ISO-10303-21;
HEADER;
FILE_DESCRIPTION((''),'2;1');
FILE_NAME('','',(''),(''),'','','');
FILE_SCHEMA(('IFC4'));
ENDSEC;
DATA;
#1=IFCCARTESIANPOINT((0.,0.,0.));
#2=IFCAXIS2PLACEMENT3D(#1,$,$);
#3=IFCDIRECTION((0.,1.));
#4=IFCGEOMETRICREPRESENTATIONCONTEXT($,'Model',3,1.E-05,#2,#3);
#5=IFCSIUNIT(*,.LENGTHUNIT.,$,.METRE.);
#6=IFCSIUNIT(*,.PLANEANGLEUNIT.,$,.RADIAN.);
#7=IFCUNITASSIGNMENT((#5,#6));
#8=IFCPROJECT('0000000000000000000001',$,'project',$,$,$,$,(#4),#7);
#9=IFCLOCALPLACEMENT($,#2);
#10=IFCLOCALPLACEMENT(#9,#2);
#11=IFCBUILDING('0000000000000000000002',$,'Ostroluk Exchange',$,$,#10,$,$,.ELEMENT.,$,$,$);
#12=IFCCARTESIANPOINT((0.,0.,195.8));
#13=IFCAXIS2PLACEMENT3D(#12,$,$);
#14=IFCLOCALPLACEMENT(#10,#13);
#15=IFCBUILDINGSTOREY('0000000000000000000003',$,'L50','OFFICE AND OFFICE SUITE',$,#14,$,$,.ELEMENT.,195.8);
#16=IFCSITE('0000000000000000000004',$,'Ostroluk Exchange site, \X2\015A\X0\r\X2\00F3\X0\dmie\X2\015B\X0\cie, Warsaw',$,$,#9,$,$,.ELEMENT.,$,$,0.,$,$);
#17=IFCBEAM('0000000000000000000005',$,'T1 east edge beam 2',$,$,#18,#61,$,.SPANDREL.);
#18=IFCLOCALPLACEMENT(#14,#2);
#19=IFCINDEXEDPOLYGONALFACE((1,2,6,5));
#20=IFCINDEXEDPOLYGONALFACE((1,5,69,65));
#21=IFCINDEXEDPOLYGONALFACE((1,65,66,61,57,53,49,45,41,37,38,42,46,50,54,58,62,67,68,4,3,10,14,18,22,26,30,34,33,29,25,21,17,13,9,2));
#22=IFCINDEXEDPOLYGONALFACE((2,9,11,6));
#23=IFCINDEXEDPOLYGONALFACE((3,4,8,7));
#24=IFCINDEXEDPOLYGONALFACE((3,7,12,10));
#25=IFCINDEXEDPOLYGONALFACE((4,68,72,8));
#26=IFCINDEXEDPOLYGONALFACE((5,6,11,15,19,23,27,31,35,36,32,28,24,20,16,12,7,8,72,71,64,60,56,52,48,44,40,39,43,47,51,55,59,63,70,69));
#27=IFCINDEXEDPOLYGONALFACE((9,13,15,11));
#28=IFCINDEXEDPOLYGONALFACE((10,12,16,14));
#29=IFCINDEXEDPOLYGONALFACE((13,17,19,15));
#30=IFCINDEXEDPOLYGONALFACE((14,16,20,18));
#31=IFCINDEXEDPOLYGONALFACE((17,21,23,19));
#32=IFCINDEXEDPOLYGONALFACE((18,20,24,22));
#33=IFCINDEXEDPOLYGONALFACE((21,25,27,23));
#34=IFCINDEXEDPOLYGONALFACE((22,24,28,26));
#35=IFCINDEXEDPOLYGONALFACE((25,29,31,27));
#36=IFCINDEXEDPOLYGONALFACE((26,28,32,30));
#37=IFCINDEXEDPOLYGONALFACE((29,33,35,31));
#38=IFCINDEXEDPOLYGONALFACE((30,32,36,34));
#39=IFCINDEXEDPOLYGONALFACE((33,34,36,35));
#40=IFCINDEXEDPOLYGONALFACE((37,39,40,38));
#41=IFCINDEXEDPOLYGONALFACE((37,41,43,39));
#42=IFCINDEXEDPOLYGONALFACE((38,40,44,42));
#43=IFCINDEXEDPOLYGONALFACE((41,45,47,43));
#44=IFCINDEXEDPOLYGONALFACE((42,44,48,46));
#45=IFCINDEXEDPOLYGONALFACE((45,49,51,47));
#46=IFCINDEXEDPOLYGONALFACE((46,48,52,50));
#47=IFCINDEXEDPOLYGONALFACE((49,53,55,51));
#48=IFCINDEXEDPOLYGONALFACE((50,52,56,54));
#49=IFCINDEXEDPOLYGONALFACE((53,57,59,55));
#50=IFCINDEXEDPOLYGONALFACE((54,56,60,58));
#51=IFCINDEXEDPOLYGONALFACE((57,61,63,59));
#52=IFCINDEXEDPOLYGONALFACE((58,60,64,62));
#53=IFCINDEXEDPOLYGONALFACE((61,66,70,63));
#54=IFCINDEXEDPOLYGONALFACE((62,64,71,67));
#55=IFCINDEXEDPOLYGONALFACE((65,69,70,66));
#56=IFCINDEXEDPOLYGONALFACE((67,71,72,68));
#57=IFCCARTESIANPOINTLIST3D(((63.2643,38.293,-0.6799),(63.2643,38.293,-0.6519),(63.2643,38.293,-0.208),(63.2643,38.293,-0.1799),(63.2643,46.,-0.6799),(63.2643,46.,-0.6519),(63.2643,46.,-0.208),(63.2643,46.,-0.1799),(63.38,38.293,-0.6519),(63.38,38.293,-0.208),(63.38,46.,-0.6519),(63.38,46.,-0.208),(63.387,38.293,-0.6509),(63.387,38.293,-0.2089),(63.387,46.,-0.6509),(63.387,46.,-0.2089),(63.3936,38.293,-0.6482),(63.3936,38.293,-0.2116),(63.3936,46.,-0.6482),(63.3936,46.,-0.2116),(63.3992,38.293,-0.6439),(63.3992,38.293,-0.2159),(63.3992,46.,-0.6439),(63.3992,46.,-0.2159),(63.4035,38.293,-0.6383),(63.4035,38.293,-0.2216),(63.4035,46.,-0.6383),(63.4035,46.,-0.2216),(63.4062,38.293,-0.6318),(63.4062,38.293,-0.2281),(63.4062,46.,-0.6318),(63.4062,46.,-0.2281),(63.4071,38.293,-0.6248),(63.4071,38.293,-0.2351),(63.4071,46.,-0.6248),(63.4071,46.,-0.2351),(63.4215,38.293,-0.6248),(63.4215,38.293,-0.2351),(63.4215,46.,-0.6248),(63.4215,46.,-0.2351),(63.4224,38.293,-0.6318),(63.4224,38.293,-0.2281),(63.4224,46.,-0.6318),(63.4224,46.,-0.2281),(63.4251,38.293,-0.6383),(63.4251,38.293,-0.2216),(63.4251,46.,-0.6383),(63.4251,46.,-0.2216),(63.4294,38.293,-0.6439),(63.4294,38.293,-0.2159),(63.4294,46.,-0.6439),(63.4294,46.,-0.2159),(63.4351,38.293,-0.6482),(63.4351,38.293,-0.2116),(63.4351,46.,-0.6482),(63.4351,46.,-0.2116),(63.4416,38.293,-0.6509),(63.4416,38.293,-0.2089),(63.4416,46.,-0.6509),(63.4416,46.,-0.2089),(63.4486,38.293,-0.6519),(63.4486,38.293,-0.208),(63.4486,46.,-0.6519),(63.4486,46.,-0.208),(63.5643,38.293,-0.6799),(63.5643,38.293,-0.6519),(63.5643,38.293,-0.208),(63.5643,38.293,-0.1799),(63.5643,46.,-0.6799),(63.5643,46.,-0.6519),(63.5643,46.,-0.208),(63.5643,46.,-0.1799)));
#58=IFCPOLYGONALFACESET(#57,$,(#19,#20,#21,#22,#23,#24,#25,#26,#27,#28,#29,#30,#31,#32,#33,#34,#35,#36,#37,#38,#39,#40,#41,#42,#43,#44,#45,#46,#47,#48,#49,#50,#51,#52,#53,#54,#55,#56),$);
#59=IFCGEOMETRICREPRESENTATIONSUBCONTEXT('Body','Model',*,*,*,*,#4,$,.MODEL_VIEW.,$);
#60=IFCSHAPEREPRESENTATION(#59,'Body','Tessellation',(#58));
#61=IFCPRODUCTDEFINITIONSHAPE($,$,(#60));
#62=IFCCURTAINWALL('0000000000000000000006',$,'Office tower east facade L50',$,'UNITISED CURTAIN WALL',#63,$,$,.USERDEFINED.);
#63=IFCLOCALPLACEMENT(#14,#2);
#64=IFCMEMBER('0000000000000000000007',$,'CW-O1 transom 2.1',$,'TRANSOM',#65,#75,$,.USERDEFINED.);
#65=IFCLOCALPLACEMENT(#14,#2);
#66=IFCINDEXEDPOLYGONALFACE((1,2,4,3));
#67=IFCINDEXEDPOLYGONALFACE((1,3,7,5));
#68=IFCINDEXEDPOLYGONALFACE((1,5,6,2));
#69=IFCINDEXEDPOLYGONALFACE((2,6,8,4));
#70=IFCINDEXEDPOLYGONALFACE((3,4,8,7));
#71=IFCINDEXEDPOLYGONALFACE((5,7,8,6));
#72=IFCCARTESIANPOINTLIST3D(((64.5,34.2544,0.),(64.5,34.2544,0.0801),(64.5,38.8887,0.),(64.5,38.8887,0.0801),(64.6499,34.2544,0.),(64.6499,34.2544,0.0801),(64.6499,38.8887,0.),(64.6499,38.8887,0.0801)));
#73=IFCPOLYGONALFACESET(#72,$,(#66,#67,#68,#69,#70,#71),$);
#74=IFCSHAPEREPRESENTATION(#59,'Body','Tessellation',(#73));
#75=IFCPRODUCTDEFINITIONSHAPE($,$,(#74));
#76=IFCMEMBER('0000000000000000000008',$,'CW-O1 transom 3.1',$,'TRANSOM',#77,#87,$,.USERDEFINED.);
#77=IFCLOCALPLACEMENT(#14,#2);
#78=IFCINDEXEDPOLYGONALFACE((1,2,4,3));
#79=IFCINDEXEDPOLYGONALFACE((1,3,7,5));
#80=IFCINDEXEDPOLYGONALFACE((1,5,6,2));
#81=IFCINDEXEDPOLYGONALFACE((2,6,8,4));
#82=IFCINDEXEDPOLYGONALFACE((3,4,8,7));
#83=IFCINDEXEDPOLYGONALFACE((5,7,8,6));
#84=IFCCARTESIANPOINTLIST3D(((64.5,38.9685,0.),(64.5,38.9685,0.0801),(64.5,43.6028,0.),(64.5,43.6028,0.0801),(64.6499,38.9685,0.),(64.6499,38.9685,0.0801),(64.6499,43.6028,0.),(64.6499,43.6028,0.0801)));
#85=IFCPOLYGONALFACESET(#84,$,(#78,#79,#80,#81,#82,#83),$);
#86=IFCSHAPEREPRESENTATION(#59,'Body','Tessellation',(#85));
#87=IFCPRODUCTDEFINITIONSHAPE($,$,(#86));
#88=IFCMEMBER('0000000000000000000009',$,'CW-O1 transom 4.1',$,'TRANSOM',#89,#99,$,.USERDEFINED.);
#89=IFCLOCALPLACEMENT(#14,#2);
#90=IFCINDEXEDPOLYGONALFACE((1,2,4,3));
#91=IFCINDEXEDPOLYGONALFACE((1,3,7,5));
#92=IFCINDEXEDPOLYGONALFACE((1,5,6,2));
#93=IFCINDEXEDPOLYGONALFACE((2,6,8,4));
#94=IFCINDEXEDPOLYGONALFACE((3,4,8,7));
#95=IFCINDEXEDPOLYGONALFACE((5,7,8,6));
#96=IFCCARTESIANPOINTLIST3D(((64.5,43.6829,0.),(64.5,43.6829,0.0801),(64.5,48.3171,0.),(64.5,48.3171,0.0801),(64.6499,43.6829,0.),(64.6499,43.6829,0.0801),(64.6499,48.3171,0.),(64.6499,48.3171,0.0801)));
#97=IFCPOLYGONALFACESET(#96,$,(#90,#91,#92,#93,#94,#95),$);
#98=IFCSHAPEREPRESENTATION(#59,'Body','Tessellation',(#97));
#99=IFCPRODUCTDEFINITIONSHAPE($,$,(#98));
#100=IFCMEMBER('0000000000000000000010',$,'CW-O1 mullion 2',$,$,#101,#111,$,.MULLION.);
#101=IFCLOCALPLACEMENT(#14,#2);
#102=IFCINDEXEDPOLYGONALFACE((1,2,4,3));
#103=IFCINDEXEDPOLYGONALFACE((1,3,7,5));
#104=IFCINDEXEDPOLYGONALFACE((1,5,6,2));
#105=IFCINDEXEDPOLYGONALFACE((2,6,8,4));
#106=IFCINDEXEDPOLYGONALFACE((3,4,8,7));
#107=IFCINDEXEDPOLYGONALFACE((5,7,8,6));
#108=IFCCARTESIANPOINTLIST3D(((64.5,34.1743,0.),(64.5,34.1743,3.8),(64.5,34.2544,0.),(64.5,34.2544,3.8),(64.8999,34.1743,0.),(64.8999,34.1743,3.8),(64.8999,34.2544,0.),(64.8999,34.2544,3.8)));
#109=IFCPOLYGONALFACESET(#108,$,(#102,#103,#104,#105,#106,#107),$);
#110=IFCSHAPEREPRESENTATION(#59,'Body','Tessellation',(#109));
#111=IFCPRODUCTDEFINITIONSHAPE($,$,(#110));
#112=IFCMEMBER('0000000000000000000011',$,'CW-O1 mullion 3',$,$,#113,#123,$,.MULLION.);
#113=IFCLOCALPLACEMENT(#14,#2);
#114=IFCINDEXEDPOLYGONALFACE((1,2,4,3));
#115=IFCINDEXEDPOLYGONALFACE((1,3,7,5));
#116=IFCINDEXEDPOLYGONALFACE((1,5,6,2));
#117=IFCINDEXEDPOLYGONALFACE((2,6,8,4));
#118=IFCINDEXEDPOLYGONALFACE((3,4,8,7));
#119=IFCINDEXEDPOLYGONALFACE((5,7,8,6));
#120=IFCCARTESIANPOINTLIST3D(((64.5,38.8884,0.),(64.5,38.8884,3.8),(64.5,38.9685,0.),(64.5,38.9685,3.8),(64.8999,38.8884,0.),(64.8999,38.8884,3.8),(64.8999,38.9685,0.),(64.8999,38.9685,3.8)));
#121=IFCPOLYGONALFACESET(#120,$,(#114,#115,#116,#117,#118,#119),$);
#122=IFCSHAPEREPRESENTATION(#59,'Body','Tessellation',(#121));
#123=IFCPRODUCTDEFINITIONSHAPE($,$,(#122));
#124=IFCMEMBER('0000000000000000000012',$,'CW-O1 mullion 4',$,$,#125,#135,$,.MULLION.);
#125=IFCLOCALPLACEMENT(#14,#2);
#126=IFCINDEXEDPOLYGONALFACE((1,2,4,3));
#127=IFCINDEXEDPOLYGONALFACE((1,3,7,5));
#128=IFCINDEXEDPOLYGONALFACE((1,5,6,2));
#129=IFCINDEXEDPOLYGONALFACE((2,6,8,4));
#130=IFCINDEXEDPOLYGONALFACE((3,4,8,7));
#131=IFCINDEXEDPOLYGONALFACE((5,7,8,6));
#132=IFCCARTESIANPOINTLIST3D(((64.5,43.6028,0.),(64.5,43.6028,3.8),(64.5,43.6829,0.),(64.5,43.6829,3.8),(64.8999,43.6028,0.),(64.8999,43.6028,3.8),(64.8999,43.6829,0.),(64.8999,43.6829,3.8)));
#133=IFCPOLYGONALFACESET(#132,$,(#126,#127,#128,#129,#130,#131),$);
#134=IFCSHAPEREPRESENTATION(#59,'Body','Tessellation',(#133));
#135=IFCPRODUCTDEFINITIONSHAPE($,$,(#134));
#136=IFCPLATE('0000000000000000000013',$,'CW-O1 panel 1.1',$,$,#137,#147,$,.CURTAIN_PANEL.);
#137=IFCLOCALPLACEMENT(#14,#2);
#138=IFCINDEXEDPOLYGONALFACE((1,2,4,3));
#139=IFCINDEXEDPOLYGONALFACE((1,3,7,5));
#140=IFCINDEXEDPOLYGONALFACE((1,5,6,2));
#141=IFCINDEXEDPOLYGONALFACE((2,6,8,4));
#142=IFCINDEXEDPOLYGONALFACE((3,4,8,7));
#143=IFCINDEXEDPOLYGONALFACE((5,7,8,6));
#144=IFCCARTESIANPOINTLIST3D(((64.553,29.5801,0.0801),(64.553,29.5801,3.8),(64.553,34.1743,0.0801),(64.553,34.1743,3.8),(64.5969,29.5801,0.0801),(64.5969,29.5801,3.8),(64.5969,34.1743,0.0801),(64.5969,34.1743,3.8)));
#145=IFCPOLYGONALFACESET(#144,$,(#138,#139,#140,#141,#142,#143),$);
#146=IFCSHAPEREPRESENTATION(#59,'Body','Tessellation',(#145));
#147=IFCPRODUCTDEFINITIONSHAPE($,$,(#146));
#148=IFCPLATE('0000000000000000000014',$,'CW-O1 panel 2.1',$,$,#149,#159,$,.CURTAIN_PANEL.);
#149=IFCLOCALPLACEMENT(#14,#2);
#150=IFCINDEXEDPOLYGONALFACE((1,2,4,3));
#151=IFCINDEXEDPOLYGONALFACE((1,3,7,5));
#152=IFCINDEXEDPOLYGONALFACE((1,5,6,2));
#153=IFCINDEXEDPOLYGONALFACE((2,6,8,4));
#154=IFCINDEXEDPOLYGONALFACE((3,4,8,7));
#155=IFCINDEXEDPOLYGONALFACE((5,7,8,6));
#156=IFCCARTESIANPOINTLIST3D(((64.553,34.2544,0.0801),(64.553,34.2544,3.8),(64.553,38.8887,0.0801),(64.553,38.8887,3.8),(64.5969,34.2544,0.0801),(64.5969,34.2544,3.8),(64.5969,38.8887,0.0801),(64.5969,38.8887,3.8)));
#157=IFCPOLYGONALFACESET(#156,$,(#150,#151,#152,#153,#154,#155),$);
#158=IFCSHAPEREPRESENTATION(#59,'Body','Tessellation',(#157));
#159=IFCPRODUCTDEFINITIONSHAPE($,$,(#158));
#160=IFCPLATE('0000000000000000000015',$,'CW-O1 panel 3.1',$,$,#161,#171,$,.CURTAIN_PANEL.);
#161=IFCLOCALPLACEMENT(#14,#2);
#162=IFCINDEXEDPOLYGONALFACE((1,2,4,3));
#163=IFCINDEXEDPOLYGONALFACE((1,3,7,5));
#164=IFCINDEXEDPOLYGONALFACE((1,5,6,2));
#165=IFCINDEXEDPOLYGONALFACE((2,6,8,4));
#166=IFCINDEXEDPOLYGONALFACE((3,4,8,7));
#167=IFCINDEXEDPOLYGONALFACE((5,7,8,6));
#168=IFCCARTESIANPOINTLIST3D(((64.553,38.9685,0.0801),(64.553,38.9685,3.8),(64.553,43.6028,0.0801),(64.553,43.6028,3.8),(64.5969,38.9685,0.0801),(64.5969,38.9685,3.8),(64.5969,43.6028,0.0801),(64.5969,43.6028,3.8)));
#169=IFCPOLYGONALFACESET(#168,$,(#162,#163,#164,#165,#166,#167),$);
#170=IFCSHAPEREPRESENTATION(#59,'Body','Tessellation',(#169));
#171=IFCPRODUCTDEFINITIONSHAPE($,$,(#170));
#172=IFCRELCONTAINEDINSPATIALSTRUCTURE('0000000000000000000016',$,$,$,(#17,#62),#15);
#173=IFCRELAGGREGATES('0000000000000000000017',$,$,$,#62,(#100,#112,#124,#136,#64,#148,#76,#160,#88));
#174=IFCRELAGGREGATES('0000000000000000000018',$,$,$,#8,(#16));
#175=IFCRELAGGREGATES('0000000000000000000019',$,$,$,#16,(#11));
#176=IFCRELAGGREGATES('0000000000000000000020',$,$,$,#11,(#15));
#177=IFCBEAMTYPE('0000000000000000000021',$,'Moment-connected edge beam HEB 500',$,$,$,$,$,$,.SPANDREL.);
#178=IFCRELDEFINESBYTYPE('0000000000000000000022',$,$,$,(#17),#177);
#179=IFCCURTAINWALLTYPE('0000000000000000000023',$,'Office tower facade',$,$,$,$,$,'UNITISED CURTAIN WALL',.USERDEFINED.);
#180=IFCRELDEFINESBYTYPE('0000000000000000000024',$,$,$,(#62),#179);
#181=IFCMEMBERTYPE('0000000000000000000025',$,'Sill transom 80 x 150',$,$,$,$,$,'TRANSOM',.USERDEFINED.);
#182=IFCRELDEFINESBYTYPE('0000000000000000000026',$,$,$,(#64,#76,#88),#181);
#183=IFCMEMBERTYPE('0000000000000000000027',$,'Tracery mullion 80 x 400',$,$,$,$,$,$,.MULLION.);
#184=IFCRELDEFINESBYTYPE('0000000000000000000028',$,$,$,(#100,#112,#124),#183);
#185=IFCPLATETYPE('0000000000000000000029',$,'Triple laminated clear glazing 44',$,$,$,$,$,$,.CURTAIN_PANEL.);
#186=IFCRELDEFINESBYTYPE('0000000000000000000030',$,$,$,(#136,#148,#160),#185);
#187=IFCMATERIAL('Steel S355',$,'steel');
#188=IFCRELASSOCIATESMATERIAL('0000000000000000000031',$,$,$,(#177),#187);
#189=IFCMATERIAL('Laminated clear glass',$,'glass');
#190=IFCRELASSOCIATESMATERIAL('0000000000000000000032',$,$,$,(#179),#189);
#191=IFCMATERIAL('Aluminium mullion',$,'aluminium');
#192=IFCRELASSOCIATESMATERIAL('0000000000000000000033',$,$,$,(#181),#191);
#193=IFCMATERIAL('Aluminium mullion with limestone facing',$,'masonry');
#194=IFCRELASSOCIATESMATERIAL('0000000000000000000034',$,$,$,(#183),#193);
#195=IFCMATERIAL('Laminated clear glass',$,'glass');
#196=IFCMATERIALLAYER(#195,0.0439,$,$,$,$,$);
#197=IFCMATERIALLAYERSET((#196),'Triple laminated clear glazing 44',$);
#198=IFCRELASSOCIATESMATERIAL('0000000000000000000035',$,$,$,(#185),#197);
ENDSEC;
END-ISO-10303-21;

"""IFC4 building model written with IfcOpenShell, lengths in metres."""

from ifc_helpers import new_model, si_unit, direction, frame, origin, origin_2d, place, context, subcontext, project, spatial, rectangle, i_section, extrude, material, layer, layer_set, material_profile, profile_set, type_object, element, aggregate, save


model = new_model("IFC4")

# Units and contexts
model_context = context("Model", 3, precision=1e-05, world=origin(), true_north=direction((0.0, 1.0)))
body_context = subcontext(model_context, "Body", "Model", "MODEL_VIEW")
ifc_project = project(units=[si_unit("LENGTHUNIT", "METRE"), si_unit("PLANEANGLEUNIT", "RADIAN")], contexts=[model_context])

# Site, building, storey
site_placement = place(None, origin())
site = spatial("IfcSite", under=ifc_project, at=site_placement, Name="Ostroluk Exchange site, Śródmieście, Warsaw", CompositionType="ELEMENT", RefElevation=0.0)
building_placement = place(site_placement, origin())
building = spatial("IfcBuilding", under=site, at=building_placement, Name="Ostroluk Exchange", CompositionType="ELEMENT")
storey_placement = place(building_placement, frame((0.0, 0.0, 195.8)))
storey = spatial("IfcBuildingStorey", under=building, at=storey_placement, Name="L50", Description="OFFICE AND OFFICE SUITE", CompositionType="ELEMENT", Elevation=195.8)

# Beam
ifc_material_1 = material(Name="Steel S355", Category="steel")
ifc_material_profile_1 = material_profile(ifc_material_1, i_section(OverallWidth=0.3, OverallDepth=0.5, WebThickness=0.0144, FlangeThickness=0.0281, FilletRadius=0.0271, at=origin_2d()), Name="HEB 500")
ifc_profile_set_1 = profile_set([ifc_material_profile_1], Name="Steel S355")
beam_type_1 = type_object("IfcBeamType", Name="Moment-connected edge beam HEB 500", PredefinedType="SPANDREL", material=ifc_profile_set_1)
beam_1_placement = place(storey_placement, frame((63.4143, 38.293, -0.4299), z_axis=(0.0, 1.0, 0.0), x_axis=(-1.0, 0.0, 0.0)))
element("IfcBeam", 1, at=beam_1_placement, inside=storey, type_object=beam_type_1, Name="T1 east edge beam 2", PredefinedType="SPANDREL", context=body_context, shape_type="SweptSolid", body=[
    extrude(i_section(OverallWidth=0.3, OverallDepth=0.5, WebThickness=0.0144, FlangeThickness=0.0281, FilletRadius=0.0271, at=origin_2d()), origin(), (0.0, 0.0, 1.0), 7.707),
])

# Curtain wall, members, plates
ifc_material_2 = material(Name="Laminated clear glass", Category="glass")
curtain_wall_type = type_object("IfcCurtainWallType", Name="Office tower facade", ElementType="UNITISED CURTAIN WALL", PredefinedType="USERDEFINED", material=ifc_material_2)
curtain_wall_placement = place(storey_placement, origin())
curtain_wall = element("IfcCurtainWall", 2, at=curtain_wall_placement, inside=storey, type_object=curtain_wall_type, Name="Office tower east facade L50", ObjectType="UNITISED CURTAIN WALL", PredefinedType="USERDEFINED")
ifc_material_3 = material(Name="Aluminium mullion", Category="aluminium")
ifc_material_profile_2 = material_profile(ifc_material_3, rectangle(XDim=0.1499, YDim=0.0801, at=origin_2d()), Name="Sill transom 80 x 150")
ifc_profile_set_2 = profile_set([ifc_material_profile_2], Name="Aluminium mullion")
member_type_1 = type_object("IfcMemberType", Name="Sill transom 80 x 150", ElementType="TRANSOM", PredefinedType="USERDEFINED", material=ifc_profile_set_2)
member_1_placement = place(storey_placement, frame((64.575, 34.2544, 0.04), z_axis=(0.0, 1.0, 0.0), x_axis=(-1.0, 0.0, 0.0)))
member_1 = element("IfcMember", 3, at=member_1_placement, type_object=member_type_1, Name="CW-O1 transom 2.1", ObjectType="TRANSOM", PredefinedType="USERDEFINED", context=body_context, shape_type="SweptSolid", body=[
    extrude(rectangle(XDim=0.1499, YDim=0.0801, at=origin_2d()), origin(), (0.0, 0.0, 1.0), 4.6343),
])
member_2_placement = place(storey_placement, frame((64.575, 38.9685, 0.04), z_axis=(0.0, 1.0, 0.0), x_axis=(-1.0, 0.0, 0.0)))
member_2 = element("IfcMember", 4, at=member_2_placement, type_object=member_type_1, Name="CW-O1 transom 3.1", ObjectType="TRANSOM", PredefinedType="USERDEFINED", context=body_context, shape_type="SweptSolid", body=[
    extrude(rectangle(XDim=0.1499, YDim=0.0801, at=origin_2d()), origin(), (0.0, 0.0, 1.0), 4.6343),
])
member_3_placement = place(storey_placement, frame((64.575, 43.6829, 0.04), z_axis=(0.0, 1.0, 0.0), x_axis=(-1.0, 0.0, 0.0)))
member_3 = element("IfcMember", 5, at=member_3_placement, type_object=member_type_1, Name="CW-O1 transom 4.1", ObjectType="TRANSOM", PredefinedType="USERDEFINED", context=body_context, shape_type="SweptSolid", body=[
    extrude(rectangle(XDim=0.1499, YDim=0.0801, at=origin_2d()), origin(), (0.0, 0.0, 1.0), 4.6343),
])
ifc_material_4 = material(Name="Aluminium mullion with limestone facing", Category="masonry")
ifc_material_profile_3 = material_profile(ifc_material_4, rectangle(XDim=0.3999, YDim=0.0801, at=origin_2d()), Name="Tracery mullion 80 x 400")
ifc_profile_set_3 = profile_set([ifc_material_profile_3], Name="Aluminium mullion with limestone facing")
member_type_2 = type_object("IfcMemberType", Name="Tracery mullion 80 x 400", PredefinedType="MULLION", material=ifc_profile_set_3)
member_4_placement = place(storey_placement, frame((64.7, 34.2144, 0.0), z_axis=(0.0, 0.0, 1.0), x_axis=(-1.0, 0.0, 0.0)))
member_4 = element("IfcMember", 6, at=member_4_placement, type_object=member_type_2, Name="CW-O1 mullion 2", PredefinedType="MULLION", context=body_context, shape_type="SweptSolid", body=[
    extrude(rectangle(XDim=0.3999, YDim=0.0801, at=origin_2d()), origin(), (0.0, 0.0, 1.0), 3.8),
])
member_5_placement = place(storey_placement, frame((64.7, 38.9285, 0.0), z_axis=(0.0, 0.0, 1.0), x_axis=(-1.0, 0.0, 0.0)))
member_5 = element("IfcMember", 7, at=member_5_placement, type_object=member_type_2, Name="CW-O1 mullion 3", PredefinedType="MULLION", context=body_context, shape_type="SweptSolid", body=[
    extrude(rectangle(XDim=0.3999, YDim=0.0801, at=origin_2d()), origin(), (0.0, 0.0, 1.0), 3.8),
])
member_6_placement = place(storey_placement, frame((64.7, 43.6428, 0.0), z_axis=(0.0, 0.0, 1.0), x_axis=(-1.0, 0.0, 0.0)))
member_6 = element("IfcMember", 8, at=member_6_placement, type_object=member_type_2, Name="CW-O1 mullion 4", PredefinedType="MULLION", context=body_context, shape_type="SweptSolid", body=[
    extrude(rectangle(XDim=0.3999, YDim=0.0801, at=origin_2d()), origin(), (0.0, 0.0, 1.0), 3.8),
])
ifc_material_5 = material(Name="Laminated clear glass", Category="glass")
ifc_layer_1 = layer(ifc_material_5, 0.0439)
ifc_layer_set_1 = layer_set([ifc_layer_1], Name="Triple laminated clear glazing 44")
plate_type = type_object("IfcPlateType", Name="Triple laminated clear glazing 44", PredefinedType="CURTAIN_PANEL", material=ifc_layer_set_1)
plate_1_placement = place(storey_placement, frame((64.575, 31.8772, 0.0801), z_axis=(0.0, 0.0, 1.0), x_axis=(0.0, 1.0, 0.0)))
plate_1 = element("IfcPlate", 9, at=plate_1_placement, type_object=plate_type, Name="CW-O1 panel 1.1", PredefinedType="CURTAIN_PANEL", context=body_context, shape_type="SweptSolid", body=[
    extrude(rectangle(XDim=4.5942, YDim=0.0439, at=origin_2d()), origin(), (0.0, 0.0, 1.0), 3.72),
])
plate_2_placement = place(storey_placement, frame((64.575, 36.5715, 0.0801), z_axis=(0.0, 0.0, 1.0), x_axis=(0.0, 1.0, 0.0)))
plate_2 = element("IfcPlate", 10, at=plate_2_placement, type_object=plate_type, Name="CW-O1 panel 2.1", PredefinedType="CURTAIN_PANEL", context=body_context, shape_type="SweptSolid", body=[
    extrude(rectangle(XDim=4.6343, YDim=0.0439, at=origin_2d()), origin(), (0.0, 0.0, 1.0), 3.72),
])
plate_3_placement = place(storey_placement, frame((64.575, 41.2856, 0.0801), z_axis=(0.0, 0.0, 1.0), x_axis=(0.0, 1.0, 0.0)))
plate_3 = element("IfcPlate", 11, at=plate_3_placement, type_object=plate_type, Name="CW-O1 panel 3.1", PredefinedType="CURTAIN_PANEL", context=body_context, shape_type="SweptSolid", body=[
    extrude(rectangle(XDim=4.6343, YDim=0.0439, at=origin_2d()), origin(), (0.0, 0.0, 1.0), 3.72),
])
aggregate(curtain_wall, [member_4, member_5, member_6, plate_1, member_1, plate_2, member_2, plate_3, member_3])

save(model, "model.ifc")
